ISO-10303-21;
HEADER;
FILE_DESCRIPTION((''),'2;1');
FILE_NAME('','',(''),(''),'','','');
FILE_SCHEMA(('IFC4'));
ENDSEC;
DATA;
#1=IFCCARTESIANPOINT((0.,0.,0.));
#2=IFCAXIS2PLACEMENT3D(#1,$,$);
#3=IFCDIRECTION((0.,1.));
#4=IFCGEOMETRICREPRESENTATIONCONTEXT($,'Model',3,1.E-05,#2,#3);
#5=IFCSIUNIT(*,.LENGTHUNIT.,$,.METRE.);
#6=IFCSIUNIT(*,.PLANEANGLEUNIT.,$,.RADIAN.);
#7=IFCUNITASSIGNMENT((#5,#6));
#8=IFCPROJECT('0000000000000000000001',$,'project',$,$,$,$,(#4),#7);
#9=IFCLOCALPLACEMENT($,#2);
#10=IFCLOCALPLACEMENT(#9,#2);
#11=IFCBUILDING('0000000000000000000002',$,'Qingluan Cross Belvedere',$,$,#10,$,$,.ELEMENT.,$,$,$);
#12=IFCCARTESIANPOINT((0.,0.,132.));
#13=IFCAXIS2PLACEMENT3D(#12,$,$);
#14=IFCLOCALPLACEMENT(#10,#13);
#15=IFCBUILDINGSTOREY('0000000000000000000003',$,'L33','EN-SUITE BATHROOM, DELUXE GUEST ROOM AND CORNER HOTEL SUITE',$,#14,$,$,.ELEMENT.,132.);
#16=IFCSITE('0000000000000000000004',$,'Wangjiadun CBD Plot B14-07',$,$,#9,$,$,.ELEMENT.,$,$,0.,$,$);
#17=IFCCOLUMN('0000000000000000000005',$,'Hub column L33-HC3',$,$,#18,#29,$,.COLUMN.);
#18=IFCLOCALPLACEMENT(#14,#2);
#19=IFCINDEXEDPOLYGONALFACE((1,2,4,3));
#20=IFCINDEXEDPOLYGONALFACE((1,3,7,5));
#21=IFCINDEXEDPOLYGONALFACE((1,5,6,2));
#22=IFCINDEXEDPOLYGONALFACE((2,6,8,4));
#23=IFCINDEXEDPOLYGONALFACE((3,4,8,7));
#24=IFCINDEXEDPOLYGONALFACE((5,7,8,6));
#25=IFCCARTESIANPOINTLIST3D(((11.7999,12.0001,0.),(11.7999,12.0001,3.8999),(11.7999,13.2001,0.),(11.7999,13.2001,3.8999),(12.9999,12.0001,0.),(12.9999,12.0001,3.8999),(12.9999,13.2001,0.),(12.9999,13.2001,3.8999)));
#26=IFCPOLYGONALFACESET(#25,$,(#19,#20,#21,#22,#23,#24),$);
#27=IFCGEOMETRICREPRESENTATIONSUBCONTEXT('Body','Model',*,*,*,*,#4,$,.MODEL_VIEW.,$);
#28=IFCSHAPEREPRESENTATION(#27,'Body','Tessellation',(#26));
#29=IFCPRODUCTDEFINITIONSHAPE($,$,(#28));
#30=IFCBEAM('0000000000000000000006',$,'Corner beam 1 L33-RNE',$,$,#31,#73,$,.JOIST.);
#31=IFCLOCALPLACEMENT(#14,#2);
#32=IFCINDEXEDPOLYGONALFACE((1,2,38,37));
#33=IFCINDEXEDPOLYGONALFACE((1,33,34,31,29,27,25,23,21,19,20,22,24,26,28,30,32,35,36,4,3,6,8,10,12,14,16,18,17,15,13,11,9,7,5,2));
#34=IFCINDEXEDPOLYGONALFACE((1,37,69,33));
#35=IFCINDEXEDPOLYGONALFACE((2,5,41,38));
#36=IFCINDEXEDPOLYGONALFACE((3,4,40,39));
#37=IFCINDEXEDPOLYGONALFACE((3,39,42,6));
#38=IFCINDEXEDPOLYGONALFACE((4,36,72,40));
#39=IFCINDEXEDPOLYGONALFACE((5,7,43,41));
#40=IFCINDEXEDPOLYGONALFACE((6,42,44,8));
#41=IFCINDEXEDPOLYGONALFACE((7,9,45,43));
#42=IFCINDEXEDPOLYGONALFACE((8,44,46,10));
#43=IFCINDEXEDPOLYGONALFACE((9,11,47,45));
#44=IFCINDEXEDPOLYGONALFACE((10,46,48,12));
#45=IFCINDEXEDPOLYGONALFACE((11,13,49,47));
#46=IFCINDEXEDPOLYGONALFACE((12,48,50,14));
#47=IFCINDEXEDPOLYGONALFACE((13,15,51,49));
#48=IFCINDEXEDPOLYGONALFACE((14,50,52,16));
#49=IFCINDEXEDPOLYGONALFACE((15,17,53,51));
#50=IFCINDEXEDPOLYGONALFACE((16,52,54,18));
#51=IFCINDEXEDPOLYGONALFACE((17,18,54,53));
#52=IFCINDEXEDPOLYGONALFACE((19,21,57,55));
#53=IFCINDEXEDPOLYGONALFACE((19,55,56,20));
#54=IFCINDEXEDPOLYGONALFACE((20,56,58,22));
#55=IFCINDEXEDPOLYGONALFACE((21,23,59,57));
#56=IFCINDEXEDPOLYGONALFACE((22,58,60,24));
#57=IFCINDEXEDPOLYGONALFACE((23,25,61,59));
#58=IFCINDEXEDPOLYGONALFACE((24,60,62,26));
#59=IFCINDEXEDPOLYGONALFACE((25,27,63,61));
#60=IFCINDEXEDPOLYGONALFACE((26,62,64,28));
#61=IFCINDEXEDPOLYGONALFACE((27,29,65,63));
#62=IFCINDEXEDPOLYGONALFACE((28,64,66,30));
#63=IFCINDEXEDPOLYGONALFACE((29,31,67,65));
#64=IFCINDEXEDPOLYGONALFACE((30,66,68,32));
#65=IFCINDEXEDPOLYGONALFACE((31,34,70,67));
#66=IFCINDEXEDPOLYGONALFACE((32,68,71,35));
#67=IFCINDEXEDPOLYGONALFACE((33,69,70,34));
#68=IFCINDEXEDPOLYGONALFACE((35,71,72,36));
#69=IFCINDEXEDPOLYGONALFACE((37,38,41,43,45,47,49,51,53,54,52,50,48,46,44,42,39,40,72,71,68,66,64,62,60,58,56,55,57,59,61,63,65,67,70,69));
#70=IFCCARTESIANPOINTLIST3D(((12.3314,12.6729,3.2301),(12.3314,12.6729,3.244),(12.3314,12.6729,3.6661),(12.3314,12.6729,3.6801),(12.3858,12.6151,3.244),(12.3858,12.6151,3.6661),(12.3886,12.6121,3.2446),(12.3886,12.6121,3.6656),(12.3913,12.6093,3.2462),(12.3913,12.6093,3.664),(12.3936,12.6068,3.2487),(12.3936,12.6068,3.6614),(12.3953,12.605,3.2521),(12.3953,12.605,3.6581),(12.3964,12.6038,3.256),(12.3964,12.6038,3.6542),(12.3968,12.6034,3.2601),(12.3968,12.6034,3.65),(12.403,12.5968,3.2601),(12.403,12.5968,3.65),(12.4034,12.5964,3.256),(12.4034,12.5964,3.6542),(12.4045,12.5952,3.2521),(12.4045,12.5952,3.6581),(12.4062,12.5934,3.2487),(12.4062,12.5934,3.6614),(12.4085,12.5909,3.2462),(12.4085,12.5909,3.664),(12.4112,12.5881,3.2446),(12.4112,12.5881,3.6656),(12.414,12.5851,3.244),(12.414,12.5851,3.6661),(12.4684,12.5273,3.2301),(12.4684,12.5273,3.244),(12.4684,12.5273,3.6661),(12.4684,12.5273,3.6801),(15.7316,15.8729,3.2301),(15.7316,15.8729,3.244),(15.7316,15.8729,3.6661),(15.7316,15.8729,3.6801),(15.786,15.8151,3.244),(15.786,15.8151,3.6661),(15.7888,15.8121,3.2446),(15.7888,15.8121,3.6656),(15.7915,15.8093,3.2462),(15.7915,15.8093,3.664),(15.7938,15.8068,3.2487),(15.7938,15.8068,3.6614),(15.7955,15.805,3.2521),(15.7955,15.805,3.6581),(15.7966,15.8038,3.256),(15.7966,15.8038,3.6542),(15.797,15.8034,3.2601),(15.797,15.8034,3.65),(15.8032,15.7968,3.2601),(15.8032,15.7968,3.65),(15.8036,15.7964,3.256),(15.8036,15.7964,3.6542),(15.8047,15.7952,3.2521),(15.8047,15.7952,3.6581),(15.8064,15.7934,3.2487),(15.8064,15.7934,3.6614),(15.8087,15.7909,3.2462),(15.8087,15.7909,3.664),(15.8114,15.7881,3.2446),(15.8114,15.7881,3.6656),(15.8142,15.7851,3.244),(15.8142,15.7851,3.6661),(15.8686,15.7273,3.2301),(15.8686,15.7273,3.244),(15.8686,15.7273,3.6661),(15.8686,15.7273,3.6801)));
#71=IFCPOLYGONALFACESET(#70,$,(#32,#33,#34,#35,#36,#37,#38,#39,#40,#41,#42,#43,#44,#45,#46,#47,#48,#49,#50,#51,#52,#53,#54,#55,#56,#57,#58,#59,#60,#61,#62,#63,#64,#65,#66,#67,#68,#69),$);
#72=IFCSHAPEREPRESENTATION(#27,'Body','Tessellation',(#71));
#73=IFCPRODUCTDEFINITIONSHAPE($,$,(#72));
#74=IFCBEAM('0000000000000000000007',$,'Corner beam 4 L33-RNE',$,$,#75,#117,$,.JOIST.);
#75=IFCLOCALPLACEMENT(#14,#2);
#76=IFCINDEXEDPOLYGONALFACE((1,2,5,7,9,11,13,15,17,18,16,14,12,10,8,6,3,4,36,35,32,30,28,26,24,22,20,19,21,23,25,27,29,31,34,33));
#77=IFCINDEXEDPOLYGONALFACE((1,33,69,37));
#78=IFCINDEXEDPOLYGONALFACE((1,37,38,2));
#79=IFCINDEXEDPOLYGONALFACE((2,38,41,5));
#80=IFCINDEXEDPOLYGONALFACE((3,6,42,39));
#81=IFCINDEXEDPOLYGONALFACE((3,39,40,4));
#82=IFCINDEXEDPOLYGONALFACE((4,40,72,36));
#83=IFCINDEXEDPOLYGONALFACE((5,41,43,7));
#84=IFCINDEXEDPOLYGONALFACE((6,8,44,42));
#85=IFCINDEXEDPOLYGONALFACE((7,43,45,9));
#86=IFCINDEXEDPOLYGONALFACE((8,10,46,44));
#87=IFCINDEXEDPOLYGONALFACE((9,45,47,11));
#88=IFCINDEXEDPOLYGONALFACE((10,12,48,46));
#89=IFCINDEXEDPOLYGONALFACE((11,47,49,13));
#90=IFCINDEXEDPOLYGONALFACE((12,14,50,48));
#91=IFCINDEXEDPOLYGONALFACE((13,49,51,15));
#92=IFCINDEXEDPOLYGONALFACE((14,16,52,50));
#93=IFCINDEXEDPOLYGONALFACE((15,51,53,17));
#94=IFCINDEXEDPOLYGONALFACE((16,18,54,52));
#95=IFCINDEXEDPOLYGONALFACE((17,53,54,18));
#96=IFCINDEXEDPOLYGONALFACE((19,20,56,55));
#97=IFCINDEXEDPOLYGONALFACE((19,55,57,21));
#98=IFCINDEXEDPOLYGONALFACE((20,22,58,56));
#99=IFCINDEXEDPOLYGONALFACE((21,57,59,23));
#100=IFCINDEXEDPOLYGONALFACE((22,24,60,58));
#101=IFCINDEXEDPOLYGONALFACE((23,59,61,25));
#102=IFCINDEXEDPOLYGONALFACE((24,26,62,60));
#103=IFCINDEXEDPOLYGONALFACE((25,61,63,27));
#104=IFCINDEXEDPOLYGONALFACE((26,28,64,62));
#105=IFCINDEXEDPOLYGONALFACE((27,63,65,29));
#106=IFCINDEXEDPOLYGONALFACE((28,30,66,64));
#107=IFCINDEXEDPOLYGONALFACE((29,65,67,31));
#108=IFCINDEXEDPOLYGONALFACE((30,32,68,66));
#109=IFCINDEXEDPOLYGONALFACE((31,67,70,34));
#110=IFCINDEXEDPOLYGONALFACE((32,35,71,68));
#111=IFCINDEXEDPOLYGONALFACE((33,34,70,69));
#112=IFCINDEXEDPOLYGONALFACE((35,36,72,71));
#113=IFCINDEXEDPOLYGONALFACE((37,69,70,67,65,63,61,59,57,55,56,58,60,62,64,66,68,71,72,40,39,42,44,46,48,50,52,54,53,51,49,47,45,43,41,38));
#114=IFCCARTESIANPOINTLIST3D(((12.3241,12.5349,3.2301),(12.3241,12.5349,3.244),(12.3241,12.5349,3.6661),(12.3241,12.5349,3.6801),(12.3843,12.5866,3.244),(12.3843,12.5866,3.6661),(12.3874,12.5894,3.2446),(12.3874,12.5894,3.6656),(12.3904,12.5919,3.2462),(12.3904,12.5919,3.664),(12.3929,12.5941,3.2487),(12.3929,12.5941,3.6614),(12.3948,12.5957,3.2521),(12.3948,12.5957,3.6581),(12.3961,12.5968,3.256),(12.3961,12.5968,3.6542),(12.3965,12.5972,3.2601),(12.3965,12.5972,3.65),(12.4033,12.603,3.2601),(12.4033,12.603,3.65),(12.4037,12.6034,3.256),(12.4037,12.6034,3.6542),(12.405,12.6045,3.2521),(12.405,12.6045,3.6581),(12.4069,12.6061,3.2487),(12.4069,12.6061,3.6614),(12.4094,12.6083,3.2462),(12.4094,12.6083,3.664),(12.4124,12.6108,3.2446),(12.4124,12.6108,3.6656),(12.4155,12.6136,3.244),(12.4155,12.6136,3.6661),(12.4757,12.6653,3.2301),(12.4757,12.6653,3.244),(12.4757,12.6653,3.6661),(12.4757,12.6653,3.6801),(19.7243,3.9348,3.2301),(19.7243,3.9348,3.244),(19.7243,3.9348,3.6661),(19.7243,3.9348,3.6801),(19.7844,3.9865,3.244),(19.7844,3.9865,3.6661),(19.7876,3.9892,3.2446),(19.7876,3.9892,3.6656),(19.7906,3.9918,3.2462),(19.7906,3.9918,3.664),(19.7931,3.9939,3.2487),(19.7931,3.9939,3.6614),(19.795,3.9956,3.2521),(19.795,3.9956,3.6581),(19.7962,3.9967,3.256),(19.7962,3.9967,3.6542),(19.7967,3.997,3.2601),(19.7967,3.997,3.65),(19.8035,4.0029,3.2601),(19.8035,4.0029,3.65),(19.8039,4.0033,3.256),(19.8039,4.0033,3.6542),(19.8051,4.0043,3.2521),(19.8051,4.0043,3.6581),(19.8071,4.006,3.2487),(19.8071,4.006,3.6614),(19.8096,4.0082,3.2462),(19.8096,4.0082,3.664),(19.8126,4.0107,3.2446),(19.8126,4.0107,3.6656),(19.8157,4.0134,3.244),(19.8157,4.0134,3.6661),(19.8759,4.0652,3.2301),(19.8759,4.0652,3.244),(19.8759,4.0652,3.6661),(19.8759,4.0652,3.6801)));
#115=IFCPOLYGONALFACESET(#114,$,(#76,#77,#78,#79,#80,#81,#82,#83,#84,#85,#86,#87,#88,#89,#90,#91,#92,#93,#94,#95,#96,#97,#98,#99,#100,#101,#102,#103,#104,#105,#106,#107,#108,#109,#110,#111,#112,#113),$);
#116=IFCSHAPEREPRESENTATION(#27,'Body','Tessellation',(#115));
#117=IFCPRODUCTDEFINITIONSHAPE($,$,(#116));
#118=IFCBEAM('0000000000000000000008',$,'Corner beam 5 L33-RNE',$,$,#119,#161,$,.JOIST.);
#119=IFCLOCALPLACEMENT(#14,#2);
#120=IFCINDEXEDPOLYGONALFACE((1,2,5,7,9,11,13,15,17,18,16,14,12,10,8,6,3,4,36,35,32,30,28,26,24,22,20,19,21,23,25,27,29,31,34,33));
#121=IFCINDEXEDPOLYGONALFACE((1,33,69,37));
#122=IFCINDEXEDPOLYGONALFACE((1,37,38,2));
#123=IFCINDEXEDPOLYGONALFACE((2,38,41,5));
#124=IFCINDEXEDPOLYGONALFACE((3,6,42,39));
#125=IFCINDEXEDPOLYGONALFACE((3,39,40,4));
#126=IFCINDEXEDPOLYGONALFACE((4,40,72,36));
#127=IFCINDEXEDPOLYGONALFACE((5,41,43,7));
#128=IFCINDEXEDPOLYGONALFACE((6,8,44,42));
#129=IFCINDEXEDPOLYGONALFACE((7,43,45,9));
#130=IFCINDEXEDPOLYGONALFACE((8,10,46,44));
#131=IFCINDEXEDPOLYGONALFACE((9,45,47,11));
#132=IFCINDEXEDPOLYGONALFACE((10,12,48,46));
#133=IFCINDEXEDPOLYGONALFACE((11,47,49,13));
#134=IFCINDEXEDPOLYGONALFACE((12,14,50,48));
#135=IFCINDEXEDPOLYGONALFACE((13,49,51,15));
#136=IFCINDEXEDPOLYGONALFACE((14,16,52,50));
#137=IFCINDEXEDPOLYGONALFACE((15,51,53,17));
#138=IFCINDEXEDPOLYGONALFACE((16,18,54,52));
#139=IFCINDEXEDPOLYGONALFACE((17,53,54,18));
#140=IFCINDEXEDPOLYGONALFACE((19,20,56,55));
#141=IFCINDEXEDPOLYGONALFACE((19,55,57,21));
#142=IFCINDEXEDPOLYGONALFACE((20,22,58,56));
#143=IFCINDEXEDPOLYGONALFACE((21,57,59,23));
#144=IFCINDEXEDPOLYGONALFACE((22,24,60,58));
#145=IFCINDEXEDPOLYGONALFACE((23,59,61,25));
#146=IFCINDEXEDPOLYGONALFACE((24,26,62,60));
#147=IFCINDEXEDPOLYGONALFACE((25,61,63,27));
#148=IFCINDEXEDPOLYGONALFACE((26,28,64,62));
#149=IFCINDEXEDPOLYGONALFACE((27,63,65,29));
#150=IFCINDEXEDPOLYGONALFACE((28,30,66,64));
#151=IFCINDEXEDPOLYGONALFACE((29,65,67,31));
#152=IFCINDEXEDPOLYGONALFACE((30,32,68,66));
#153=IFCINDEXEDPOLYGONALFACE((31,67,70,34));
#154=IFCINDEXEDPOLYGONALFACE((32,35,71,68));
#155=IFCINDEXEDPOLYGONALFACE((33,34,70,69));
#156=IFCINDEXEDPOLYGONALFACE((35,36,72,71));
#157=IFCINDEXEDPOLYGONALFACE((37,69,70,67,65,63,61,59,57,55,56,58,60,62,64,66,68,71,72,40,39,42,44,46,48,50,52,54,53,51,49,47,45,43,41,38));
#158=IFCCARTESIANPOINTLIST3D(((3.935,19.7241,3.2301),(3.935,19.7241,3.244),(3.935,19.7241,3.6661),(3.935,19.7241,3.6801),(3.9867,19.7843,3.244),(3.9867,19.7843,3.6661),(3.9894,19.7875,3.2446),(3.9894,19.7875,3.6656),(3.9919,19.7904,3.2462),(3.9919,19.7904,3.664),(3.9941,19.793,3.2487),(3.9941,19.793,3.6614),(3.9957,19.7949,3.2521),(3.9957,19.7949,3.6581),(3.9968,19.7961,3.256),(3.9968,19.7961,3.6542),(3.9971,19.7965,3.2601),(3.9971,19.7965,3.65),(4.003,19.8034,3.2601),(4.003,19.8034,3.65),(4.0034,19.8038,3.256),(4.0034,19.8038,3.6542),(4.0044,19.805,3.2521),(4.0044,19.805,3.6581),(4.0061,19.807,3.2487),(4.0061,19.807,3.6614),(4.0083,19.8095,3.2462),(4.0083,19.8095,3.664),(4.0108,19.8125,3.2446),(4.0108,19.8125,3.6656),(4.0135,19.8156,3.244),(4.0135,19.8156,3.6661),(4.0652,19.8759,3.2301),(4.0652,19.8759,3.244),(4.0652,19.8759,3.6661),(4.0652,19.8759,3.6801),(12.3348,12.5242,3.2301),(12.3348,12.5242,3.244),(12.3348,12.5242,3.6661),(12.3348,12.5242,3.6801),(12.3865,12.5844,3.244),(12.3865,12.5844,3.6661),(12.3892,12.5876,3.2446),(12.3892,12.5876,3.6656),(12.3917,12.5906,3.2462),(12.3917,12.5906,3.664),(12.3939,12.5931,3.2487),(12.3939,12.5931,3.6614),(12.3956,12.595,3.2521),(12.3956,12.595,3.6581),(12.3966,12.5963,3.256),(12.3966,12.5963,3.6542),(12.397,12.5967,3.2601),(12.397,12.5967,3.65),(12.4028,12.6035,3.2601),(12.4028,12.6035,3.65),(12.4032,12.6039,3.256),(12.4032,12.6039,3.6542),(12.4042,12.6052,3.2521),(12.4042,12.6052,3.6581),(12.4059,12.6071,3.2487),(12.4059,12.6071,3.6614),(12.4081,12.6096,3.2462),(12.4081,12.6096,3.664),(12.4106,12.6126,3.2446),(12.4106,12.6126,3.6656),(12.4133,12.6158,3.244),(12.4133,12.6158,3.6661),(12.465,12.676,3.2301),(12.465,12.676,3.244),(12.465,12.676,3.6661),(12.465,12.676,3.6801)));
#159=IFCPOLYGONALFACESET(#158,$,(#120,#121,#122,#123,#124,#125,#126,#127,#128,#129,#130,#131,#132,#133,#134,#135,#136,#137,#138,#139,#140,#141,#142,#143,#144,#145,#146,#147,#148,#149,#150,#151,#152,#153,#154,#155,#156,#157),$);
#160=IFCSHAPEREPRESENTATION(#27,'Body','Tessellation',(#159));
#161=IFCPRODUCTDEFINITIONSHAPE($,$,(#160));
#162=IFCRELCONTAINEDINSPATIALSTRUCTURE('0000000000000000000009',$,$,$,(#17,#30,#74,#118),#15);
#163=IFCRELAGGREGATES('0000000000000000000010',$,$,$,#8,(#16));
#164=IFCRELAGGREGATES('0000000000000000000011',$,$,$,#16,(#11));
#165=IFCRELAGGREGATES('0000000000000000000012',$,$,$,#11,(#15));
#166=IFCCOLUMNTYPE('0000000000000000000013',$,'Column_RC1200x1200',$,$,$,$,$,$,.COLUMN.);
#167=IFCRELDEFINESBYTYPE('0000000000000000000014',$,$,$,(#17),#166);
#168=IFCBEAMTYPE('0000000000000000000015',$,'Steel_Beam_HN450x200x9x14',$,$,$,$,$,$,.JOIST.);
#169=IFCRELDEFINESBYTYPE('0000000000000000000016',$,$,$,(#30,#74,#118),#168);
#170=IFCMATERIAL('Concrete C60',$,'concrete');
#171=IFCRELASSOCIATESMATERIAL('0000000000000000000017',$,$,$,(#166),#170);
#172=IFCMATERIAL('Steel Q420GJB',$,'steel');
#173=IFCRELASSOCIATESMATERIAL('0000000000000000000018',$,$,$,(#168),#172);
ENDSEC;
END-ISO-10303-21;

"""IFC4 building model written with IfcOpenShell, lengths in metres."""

from ifc_helpers import new_model, si_unit, direction, frame, origin, origin_2d, place, context, subcontext, project, spatial, rectangle, i_section, extrude, material, material_profile, profile_set, type_object, element, save


model = new_model("IFC4")

# Units and contexts
model_context = context("Model", 3, precision=1e-05, world=origin(), true_north=direction((0.0, 1.0)))
body_context = subcontext(model_context, "Body", "Model", "MODEL_VIEW")
ifc_project = project(units=[si_unit("LENGTHUNIT", "METRE"), si_unit("PLANEANGLEUNIT", "RADIAN")], contexts=[model_context])

# Site, building, storey
site_placement = place(None, origin())
site = spatial("IfcSite", under=ifc_project, at=site_placement, Name="Wangjiadun CBD Plot B14-07", CompositionType="ELEMENT", RefElevation=0.0)
building_placement = place(site_placement, origin())
building = spatial("IfcBuilding", under=site, at=building_placement, Name="Qingluan Cross Belvedere", CompositionType="ELEMENT")
storey_placement = place(building_placement, frame((0.0, 0.0, 132.0)))
storey = spatial("IfcBuildingStorey", under=building, at=storey_placement, Name="L33", Description="EN-SUITE BATHROOM, DELUXE GUEST ROOM AND CORNER HOTEL SUITE", CompositionType="ELEMENT", Elevation=132.0)

# Column
ifc_material_1 = material(Name="Concrete C60", Category="concrete")
ifc_material_profile_1 = material_profile(ifc_material_1, rectangle(XDim=1.2, YDim=1.2, at=origin_2d()), Name="RC1200x1200")
ifc_profile_set_1 = profile_set([ifc_material_profile_1], Name="Concrete C60")
column_type = type_object("IfcColumnType", Name="Column_RC1200x1200", PredefinedType="COLUMN", material=ifc_profile_set_1)
column_placement = place(storey_placement, frame((12.3999, 12.6001, 0.0), z_axis=(0.0, 0.0, 1.0), x_axis=(1.0, 0.0, 0.0)))
element("IfcColumn", 1, at=column_placement, inside=storey, type_object=column_type, Name="Hub column L33-HC3", PredefinedType="COLUMN", context=body_context, shape_type="SweptSolid", body=[
    extrude(rectangle(XDim=1.2, YDim=1.2, at=origin_2d()), origin(), (0.0, 0.0, 1.0), 3.8999),
])

# Beams
ifc_material_2 = material(Name="Steel Q420GJB", Category="steel")
ifc_material_profile_2 = material_profile(ifc_material_2, i_section(OverallWidth=0.2, OverallDepth=0.45, WebThickness=0.009, FlangeThickness=0.0139, FilletRadius=0.0161, at=origin_2d()), Name="HN450x200x9x14")
ifc_profile_set_2 = profile_set([ifc_material_profile_2], Name="Steel Q420GJB")
beam_type_1 = type_object("IfcBeamType", Name="Steel_Beam_HN450x200x9x14", PredefinedType="JOIST", material=ifc_profile_set_2)
beam_1_placement = place(storey_placement, frame((12.3999, 12.6001, 3.4551), z_axis=(0.72822, 0.685343, 0.0), x_axis=(-0.685343, 0.72822, 0.0)))
element("IfcBeam", 2, at=beam_1_placement, inside=storey, type_object=beam_type_1, Name="Corner beam 1 L33-RNE", PredefinedType="JOIST", context=body_context, shape_type="SweptSolid", body=[
    extrude(i_section(OverallWidth=0.2, OverallDepth=0.45, WebThickness=0.009, FlangeThickness=0.0139, FilletRadius=0.0161, at=origin_2d()), origin(), (0.0, 0.0, 1.0), 4.6692),
])
beam_2_placement = place(storey_placement, frame((12.3999, 12.6001, 3.4551), z_axis=(0.652245, -0.758008, 0.0), x_axis=(0.758008, 0.652245, 0.0)))
element("IfcBeam", 3, at=beam_2_placement, inside=storey, type_object=beam_type_1, Name="Corner beam 4 L33-RNE", PredefinedType="JOIST", context=body_context, shape_type="SweptSolid", body=[
    extrude(i_section(OverallWidth=0.2, OverallDepth=0.45, WebThickness=0.009, FlangeThickness=0.0139, FilletRadius=0.0161, at=origin_2d()), origin(), (0.0, 0.0, 1.0), 11.3457),
])
beam_3_placement = place(storey_placement, frame((12.3999, 12.6001, 3.4551), z_axis=(-0.759255, 0.650793, 0.0), x_axis=(-0.650793, -0.759255, 0.0)))
element("IfcBeam", 4, at=beam_3_placement, inside=storey, type_object=beam_type_1, Name="Corner beam 5 L33-RNE", PredefinedType="JOIST", context=body_context, shape_type="SweptSolid", body=[
    extrude(i_section(OverallWidth=0.2, OverallDepth=0.45, WebThickness=0.009, FlangeThickness=0.0139, FilletRadius=0.0161, at=origin_2d()), origin(), (0.0, 0.0, 1.0), 11.0632),
])

save(model, "model.ifc")
